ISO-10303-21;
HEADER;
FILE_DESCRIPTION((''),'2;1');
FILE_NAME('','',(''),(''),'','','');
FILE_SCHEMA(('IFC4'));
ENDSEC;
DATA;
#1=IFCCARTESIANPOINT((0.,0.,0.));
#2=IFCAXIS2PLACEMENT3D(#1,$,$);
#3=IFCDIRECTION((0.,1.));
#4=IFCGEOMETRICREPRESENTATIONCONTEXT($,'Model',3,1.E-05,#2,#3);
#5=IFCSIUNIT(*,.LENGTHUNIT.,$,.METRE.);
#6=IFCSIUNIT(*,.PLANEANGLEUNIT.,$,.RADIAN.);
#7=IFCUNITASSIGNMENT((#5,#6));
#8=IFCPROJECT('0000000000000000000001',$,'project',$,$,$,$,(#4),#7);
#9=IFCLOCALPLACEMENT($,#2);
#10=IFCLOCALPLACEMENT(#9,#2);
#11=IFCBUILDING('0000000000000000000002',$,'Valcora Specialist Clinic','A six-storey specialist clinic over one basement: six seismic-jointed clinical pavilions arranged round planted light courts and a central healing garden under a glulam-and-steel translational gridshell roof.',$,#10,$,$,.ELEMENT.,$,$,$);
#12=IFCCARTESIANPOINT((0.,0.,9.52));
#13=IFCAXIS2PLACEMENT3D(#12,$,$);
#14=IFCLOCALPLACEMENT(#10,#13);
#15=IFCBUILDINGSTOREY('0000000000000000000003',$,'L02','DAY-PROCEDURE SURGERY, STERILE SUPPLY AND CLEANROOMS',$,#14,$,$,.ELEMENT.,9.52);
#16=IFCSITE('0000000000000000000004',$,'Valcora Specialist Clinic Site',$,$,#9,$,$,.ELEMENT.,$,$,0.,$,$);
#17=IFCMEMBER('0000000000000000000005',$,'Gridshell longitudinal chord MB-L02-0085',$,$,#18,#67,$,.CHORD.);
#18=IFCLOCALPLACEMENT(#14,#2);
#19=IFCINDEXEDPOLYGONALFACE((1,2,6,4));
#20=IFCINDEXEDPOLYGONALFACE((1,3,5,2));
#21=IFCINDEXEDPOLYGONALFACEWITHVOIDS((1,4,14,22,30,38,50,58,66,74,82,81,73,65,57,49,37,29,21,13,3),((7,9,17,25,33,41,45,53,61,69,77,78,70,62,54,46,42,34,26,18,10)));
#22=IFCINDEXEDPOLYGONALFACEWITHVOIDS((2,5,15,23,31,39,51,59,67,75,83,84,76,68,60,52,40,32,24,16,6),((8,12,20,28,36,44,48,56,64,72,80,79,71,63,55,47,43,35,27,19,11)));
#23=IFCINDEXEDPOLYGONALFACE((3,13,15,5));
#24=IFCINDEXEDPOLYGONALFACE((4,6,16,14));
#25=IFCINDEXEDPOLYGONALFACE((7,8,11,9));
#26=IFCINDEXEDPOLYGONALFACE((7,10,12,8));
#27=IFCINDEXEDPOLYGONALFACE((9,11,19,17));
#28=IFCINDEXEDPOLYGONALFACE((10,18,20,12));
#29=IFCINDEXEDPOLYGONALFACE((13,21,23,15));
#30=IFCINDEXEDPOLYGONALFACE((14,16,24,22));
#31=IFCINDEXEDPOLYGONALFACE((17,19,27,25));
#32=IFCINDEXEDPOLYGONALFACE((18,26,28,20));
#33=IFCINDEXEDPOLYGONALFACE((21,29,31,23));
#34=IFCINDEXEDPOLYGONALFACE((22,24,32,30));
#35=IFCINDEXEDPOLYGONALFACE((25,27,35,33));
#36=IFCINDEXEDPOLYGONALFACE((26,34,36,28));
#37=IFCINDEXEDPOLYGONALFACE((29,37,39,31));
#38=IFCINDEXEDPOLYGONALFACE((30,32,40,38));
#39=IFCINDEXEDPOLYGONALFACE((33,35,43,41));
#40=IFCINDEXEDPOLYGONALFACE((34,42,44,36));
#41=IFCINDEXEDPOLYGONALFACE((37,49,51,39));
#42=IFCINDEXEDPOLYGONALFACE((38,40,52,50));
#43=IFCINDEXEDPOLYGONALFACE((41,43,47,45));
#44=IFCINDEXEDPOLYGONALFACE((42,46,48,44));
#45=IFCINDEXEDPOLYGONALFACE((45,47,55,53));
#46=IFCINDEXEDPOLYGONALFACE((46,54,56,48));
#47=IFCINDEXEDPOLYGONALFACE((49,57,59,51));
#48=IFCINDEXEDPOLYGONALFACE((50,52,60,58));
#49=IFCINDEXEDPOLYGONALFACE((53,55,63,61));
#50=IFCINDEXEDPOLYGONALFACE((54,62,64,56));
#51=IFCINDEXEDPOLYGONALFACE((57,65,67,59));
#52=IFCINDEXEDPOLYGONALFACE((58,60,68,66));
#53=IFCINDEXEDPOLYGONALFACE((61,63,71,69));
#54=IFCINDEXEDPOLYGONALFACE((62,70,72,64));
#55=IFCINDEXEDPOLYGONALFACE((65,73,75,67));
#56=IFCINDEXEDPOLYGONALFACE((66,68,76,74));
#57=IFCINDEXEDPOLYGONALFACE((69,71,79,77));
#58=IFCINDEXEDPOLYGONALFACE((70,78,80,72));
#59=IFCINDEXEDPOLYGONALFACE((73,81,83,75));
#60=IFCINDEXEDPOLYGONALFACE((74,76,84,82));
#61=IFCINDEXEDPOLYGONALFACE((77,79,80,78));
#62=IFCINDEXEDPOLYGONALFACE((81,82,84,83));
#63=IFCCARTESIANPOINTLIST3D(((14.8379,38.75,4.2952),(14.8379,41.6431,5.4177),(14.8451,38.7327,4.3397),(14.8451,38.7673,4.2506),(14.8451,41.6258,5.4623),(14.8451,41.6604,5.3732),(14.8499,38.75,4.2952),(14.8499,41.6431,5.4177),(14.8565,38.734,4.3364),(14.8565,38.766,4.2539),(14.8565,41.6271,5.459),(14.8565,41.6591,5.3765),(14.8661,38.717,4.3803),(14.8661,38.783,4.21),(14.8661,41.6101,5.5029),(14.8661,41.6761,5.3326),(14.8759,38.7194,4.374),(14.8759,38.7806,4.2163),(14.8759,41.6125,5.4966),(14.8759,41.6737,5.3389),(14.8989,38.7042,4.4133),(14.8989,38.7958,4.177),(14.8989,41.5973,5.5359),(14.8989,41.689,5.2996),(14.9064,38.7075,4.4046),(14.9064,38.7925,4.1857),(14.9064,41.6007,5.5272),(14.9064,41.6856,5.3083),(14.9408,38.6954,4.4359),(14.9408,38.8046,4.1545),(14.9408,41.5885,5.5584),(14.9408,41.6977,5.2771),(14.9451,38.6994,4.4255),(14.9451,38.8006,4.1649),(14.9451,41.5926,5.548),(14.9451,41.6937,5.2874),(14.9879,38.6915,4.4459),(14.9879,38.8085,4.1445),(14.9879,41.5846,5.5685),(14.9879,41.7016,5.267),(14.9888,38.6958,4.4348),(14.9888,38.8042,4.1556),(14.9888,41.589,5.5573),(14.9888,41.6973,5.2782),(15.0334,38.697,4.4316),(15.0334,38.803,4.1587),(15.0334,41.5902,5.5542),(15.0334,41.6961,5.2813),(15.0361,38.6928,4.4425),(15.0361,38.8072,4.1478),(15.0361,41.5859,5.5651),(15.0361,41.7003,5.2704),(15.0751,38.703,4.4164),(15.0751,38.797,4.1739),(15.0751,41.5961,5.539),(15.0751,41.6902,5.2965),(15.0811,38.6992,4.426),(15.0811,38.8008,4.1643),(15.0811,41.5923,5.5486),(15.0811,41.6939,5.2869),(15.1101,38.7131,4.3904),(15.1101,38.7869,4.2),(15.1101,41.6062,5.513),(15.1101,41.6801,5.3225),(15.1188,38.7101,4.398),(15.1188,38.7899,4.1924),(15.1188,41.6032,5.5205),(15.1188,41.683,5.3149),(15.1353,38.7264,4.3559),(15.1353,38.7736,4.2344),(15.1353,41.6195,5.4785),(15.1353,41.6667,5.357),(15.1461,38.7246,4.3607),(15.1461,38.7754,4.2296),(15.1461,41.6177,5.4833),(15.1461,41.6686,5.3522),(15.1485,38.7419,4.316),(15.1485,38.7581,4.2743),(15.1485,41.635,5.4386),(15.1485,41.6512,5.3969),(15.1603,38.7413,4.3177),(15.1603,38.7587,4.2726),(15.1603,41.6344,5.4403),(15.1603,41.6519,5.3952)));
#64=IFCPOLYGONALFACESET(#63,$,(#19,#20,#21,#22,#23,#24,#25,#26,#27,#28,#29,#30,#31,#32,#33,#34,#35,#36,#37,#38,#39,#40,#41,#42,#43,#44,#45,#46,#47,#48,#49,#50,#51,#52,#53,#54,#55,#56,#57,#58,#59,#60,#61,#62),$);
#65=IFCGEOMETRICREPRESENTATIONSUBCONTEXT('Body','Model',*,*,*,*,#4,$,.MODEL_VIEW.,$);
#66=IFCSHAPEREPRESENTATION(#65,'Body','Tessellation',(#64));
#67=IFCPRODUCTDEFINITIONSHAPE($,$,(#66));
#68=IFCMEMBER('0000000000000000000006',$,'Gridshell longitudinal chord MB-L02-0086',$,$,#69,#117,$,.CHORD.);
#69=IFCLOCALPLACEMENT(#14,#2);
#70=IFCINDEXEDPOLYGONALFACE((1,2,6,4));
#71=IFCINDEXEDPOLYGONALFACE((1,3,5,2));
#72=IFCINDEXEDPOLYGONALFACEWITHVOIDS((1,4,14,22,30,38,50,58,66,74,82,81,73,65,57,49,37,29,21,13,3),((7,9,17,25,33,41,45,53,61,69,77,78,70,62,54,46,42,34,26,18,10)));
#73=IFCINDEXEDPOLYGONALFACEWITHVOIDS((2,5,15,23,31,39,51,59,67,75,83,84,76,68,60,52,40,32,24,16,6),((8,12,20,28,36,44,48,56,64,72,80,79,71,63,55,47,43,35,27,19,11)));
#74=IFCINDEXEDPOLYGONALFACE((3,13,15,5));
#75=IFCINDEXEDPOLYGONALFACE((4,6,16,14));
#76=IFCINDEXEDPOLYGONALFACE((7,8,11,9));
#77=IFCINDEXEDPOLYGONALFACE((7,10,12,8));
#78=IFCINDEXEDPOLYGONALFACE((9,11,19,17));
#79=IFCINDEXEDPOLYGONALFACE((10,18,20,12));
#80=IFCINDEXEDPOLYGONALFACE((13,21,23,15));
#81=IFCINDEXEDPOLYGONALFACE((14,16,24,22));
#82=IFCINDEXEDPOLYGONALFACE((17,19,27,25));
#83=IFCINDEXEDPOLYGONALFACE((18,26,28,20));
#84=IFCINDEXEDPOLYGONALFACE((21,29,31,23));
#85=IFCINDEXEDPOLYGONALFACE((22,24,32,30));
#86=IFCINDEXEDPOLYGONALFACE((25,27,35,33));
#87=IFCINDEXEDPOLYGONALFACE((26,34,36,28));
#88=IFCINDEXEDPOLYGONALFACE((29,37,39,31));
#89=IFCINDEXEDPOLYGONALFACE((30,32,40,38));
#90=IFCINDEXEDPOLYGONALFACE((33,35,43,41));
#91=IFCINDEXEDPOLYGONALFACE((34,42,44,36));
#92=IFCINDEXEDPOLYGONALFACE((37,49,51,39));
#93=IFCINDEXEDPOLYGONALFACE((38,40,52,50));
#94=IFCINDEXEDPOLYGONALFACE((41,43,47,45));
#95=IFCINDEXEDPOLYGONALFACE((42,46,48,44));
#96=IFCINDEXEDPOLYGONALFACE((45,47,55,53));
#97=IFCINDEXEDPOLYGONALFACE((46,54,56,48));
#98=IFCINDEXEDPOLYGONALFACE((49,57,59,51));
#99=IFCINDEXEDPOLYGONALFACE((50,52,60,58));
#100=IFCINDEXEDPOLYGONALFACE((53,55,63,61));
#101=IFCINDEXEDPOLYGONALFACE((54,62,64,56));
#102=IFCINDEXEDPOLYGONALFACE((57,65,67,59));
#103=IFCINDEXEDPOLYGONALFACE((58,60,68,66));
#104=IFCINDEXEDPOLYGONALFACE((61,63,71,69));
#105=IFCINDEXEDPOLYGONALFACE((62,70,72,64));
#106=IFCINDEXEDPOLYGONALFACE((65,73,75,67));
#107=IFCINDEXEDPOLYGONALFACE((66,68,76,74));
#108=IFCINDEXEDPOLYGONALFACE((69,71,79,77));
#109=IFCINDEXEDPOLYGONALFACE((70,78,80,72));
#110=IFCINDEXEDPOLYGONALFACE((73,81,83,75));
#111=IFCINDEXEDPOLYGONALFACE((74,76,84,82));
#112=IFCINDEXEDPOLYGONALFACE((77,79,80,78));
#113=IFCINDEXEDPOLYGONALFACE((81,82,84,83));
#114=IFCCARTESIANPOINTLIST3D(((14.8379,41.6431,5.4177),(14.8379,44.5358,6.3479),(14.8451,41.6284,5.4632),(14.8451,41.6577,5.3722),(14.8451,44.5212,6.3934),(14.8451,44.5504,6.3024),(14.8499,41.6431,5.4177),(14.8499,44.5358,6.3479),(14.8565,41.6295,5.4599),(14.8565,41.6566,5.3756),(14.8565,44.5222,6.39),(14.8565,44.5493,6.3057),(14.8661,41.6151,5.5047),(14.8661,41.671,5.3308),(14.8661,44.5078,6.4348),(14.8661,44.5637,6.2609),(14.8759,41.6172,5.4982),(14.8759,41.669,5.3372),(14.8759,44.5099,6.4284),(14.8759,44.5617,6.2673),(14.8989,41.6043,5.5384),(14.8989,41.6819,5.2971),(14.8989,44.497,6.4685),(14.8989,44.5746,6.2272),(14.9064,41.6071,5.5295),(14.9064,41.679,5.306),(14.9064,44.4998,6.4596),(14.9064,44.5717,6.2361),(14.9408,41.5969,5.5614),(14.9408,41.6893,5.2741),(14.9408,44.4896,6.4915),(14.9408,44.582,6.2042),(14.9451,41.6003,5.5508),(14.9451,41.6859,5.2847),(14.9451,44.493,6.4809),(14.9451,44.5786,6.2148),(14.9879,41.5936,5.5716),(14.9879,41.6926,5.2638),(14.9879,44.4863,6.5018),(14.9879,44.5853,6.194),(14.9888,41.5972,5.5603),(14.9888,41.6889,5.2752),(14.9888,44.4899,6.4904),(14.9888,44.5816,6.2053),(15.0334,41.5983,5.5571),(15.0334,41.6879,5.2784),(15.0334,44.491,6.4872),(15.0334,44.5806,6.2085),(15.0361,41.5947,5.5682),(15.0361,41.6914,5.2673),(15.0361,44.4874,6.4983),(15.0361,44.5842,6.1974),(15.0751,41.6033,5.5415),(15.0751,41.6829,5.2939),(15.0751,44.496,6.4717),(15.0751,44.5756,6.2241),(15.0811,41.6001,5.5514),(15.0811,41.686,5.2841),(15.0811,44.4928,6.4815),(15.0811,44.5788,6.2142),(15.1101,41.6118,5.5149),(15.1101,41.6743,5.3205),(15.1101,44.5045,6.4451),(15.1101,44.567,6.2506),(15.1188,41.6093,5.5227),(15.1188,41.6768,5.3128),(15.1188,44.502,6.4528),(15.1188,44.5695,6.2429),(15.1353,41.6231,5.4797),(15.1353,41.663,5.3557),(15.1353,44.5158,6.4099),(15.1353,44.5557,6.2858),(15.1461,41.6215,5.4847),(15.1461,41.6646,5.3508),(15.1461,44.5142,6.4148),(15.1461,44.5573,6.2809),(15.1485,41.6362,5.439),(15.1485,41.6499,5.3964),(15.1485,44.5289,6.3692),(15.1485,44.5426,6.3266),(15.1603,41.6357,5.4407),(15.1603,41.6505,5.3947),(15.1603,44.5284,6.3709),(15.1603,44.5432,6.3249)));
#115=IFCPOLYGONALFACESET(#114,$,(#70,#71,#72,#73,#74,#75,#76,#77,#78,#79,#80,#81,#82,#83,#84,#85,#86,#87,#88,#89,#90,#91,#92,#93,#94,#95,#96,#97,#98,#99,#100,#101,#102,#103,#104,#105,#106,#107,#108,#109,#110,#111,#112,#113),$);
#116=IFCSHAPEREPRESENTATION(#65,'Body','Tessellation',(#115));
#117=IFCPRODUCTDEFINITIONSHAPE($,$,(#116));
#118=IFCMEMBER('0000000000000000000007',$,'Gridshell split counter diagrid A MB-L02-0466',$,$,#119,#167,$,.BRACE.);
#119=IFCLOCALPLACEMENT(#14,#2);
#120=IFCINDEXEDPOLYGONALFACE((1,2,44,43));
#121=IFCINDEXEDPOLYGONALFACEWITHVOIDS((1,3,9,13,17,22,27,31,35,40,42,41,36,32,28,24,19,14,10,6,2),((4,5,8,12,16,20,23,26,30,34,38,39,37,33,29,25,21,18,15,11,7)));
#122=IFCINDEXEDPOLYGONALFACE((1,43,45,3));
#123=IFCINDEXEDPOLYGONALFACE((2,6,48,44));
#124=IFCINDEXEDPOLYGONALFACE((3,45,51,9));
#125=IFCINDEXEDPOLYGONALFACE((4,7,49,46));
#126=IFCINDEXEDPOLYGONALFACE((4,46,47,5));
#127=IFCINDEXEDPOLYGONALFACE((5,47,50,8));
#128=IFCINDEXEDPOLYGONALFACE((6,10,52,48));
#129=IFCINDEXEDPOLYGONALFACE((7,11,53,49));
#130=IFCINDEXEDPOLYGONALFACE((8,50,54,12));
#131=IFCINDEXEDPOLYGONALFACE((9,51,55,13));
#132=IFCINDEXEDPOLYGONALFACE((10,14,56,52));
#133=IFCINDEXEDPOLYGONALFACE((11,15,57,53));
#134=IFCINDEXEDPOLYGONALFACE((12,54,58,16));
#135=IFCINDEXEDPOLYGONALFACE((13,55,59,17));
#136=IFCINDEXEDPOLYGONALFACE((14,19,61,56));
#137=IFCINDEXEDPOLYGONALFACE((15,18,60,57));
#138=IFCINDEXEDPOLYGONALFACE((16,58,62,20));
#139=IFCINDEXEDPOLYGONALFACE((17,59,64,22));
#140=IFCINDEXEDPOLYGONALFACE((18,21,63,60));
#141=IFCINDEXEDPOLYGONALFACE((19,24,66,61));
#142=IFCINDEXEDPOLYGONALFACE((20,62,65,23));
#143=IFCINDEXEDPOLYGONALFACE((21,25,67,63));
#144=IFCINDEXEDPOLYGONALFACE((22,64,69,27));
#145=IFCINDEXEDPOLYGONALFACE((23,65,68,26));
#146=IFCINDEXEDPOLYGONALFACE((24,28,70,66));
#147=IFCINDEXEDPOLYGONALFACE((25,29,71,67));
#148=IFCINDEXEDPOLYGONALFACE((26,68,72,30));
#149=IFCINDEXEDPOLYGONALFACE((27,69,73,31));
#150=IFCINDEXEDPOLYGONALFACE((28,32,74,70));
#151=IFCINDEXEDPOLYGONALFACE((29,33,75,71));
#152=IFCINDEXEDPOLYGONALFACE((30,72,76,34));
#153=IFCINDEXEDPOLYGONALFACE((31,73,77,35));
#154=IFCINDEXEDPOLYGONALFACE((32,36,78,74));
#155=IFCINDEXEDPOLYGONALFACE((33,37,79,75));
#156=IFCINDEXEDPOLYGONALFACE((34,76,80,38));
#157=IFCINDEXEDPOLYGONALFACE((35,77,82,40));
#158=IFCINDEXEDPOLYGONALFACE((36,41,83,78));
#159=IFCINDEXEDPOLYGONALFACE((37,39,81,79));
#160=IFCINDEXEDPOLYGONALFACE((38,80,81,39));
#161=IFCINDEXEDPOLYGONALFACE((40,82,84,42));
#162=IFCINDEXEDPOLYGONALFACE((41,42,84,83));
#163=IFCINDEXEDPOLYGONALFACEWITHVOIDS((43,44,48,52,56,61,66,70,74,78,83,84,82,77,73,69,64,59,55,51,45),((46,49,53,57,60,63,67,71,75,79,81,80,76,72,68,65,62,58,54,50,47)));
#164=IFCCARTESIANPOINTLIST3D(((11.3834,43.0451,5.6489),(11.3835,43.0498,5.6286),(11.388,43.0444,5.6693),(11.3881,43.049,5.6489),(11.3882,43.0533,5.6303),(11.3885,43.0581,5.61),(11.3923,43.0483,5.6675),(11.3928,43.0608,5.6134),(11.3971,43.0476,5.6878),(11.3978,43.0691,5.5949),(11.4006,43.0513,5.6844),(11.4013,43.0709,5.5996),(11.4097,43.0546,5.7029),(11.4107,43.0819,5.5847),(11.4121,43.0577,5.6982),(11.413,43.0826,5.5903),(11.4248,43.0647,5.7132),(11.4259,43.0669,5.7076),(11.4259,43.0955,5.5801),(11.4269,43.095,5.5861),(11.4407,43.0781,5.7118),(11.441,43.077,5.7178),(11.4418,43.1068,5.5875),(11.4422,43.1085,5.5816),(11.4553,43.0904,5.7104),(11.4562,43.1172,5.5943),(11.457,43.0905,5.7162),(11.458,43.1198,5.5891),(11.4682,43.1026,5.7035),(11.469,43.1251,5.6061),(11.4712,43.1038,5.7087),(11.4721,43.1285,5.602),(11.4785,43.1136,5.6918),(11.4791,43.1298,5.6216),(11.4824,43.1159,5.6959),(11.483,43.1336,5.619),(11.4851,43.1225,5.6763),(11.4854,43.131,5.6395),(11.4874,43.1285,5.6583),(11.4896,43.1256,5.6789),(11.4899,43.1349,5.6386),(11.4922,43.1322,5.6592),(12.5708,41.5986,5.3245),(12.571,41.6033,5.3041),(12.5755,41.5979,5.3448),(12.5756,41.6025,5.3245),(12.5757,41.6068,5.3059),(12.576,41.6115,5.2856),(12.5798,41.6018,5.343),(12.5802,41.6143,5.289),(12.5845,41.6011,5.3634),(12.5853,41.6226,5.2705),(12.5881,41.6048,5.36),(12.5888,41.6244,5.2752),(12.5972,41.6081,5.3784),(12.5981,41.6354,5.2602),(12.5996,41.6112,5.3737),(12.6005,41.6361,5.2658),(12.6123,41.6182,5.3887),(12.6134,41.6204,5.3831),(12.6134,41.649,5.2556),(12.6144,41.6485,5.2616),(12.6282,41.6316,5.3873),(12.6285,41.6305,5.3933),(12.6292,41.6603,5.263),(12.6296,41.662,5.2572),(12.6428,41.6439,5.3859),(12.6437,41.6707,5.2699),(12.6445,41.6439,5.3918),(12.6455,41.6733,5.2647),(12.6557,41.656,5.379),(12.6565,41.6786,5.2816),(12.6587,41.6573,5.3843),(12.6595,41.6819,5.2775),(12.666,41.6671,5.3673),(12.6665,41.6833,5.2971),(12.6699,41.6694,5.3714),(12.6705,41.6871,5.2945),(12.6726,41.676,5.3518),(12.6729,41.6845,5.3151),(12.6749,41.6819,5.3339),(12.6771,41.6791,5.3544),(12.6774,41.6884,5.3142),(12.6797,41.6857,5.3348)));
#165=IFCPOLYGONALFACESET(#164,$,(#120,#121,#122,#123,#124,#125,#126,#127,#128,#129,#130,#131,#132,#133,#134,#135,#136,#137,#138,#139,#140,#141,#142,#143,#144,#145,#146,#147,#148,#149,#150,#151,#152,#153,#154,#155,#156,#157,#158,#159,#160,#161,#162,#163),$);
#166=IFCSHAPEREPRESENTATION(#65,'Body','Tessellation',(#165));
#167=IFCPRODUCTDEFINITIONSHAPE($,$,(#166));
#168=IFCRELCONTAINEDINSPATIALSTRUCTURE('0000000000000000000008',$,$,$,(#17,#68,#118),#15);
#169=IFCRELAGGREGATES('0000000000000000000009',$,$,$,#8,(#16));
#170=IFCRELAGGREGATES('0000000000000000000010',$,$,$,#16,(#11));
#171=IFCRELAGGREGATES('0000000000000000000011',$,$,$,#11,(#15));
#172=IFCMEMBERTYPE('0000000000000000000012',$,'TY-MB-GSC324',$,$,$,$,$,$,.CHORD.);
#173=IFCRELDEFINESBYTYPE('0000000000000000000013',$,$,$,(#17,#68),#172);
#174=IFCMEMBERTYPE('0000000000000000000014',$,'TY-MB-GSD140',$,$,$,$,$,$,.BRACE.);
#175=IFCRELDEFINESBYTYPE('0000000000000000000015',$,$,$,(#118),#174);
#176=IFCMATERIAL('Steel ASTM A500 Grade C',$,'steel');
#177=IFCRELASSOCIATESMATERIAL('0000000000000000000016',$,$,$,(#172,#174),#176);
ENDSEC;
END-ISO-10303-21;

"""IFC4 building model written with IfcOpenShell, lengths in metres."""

from ifc_helpers import new_model, si_unit, direction, frame, origin, origin_2d, place, context, subcontext, project, spatial, hollow_circle, extrude, material, material_profile, profile_set, type_object, element, save


model = new_model("IFC4")

# Units and contexts
model_context = context("Model", 3, precision=1e-05, world=origin(), true_north=direction((0.0, 1.0)))
body_context = subcontext(model_context, "Body", "Model", "MODEL_VIEW")
ifc_project = project(units=[si_unit("LENGTHUNIT", "METRE"), si_unit("PLANEANGLEUNIT", "RADIAN")], contexts=[model_context])

# Site, building, storey
site_placement = place(None, origin())
site = spatial("IfcSite", under=ifc_project, at=site_placement, Name="Valcora Specialist Clinic Site", CompositionType="ELEMENT", RefElevation=0.0)
building_placement = place(site_placement, origin())
building = spatial("IfcBuilding", under=site, at=building_placement, Name="Valcora Specialist Clinic", Description="A six-storey specialist clinic over one basement: six seismic-jointed clinical pavilions arranged round planted light courts and a central healing garden under a glulam-and-steel translational gridshell roof.", CompositionType="ELEMENT")
storey_placement = place(building_placement, frame((0.0, 0.0, 9.52)))
storey = spatial("IfcBuildingStorey", under=building, at=storey_placement, Name="L02", Description="DAY-PROCEDURE SURGERY, STERILE SUPPLY AND CLEANROOMS", CompositionType="ELEMENT", Elevation=9.52)

# Members
ifc_material_1 = material(Name="Steel ASTM A500 Grade C", Category="steel")
ifc_material_profile_1 = material_profile(ifc_material_1, hollow_circle(Radius=0.1621, WallThickness=0.012, at=origin_2d()), Name="ST-CHS-324X12")
ifc_profile_set_1 = profile_set([ifc_material_profile_1], Name="Steel ASTM A500 Grade C")
member_type_1 = type_object("IfcMemberType", Name="TY-MB-GSC324", PredefinedType="CHORD", material=ifc_profile_set_1)
member_1_placement = place(storey_placement, frame((15.0, 38.75, 4.2952), z_axis=(0.0, 0.932279, 0.36174), x_axis=(-1.0, 0.0, 0.0)))
element("IfcMember", 1, at=member_1_placement, inside=storey, type_object=member_type_1, Name="Gridshell longitudinal chord MB-L02-0085", PredefinedType="CHORD", context=body_context, shape_type="SweptSolid", body=[
    extrude(hollow_circle(Radius=0.1621, WallThickness=0.012, at=origin_2d()), origin(), (0.0, 0.0, 1.0), 3.1033),
])
member_2_placement = place(storey_placement, frame((15.0, 41.6431, 5.4177), z_axis=(0.0, 0.951996, 0.306111), x_axis=(-1.0, 0.0, 0.0)))
element("IfcMember", 2, at=member_2_placement, inside=storey, type_object=member_type_1, Name="Gridshell longitudinal chord MB-L02-0086", PredefinedType="CHORD", context=body_context, shape_type="SweptSolid", body=[
    extrude(hollow_circle(Radius=0.1621, WallThickness=0.012, at=origin_2d()), origin(), (0.0, 0.0, 1.0), 3.0386),
])
ifc_material_profile_2 = material_profile(ifc_material_1, hollow_circle(Radius=0.0701, WallThickness=0.0061, at=origin_2d()), Name="ST-CHS-140X6")
ifc_profile_set_2 = profile_set([ifc_material_profile_2], Name="Steel ASTM A500 Grade C")
member_type_2 = type_object("IfcMemberType", Name="TY-MB-GSD140", PredefinedType="BRACE", material=ifc_profile_set_2)
member_3_placement = place(storey_placement, frame((12.625, 41.6431, 5.3245), z_axis=(-0.625183, 0.761556, 0.17082), x_axis=(-0.772916, -0.634508, 0.0)))
element("IfcMember", 3, at=member_3_placement, inside=storey, type_object=member_type_2, Name="Gridshell split counter diagrid A MB-L02-0466", PredefinedType="BRACE", context=body_context, shape_type="SweptSolid", body=[
    extrude(hollow_circle(Radius=0.0701, WallThickness=0.0061, at=origin_2d()), origin(), (0.0, 0.0, 1.0), 1.8994),
])

save(model, "model.ifc")
